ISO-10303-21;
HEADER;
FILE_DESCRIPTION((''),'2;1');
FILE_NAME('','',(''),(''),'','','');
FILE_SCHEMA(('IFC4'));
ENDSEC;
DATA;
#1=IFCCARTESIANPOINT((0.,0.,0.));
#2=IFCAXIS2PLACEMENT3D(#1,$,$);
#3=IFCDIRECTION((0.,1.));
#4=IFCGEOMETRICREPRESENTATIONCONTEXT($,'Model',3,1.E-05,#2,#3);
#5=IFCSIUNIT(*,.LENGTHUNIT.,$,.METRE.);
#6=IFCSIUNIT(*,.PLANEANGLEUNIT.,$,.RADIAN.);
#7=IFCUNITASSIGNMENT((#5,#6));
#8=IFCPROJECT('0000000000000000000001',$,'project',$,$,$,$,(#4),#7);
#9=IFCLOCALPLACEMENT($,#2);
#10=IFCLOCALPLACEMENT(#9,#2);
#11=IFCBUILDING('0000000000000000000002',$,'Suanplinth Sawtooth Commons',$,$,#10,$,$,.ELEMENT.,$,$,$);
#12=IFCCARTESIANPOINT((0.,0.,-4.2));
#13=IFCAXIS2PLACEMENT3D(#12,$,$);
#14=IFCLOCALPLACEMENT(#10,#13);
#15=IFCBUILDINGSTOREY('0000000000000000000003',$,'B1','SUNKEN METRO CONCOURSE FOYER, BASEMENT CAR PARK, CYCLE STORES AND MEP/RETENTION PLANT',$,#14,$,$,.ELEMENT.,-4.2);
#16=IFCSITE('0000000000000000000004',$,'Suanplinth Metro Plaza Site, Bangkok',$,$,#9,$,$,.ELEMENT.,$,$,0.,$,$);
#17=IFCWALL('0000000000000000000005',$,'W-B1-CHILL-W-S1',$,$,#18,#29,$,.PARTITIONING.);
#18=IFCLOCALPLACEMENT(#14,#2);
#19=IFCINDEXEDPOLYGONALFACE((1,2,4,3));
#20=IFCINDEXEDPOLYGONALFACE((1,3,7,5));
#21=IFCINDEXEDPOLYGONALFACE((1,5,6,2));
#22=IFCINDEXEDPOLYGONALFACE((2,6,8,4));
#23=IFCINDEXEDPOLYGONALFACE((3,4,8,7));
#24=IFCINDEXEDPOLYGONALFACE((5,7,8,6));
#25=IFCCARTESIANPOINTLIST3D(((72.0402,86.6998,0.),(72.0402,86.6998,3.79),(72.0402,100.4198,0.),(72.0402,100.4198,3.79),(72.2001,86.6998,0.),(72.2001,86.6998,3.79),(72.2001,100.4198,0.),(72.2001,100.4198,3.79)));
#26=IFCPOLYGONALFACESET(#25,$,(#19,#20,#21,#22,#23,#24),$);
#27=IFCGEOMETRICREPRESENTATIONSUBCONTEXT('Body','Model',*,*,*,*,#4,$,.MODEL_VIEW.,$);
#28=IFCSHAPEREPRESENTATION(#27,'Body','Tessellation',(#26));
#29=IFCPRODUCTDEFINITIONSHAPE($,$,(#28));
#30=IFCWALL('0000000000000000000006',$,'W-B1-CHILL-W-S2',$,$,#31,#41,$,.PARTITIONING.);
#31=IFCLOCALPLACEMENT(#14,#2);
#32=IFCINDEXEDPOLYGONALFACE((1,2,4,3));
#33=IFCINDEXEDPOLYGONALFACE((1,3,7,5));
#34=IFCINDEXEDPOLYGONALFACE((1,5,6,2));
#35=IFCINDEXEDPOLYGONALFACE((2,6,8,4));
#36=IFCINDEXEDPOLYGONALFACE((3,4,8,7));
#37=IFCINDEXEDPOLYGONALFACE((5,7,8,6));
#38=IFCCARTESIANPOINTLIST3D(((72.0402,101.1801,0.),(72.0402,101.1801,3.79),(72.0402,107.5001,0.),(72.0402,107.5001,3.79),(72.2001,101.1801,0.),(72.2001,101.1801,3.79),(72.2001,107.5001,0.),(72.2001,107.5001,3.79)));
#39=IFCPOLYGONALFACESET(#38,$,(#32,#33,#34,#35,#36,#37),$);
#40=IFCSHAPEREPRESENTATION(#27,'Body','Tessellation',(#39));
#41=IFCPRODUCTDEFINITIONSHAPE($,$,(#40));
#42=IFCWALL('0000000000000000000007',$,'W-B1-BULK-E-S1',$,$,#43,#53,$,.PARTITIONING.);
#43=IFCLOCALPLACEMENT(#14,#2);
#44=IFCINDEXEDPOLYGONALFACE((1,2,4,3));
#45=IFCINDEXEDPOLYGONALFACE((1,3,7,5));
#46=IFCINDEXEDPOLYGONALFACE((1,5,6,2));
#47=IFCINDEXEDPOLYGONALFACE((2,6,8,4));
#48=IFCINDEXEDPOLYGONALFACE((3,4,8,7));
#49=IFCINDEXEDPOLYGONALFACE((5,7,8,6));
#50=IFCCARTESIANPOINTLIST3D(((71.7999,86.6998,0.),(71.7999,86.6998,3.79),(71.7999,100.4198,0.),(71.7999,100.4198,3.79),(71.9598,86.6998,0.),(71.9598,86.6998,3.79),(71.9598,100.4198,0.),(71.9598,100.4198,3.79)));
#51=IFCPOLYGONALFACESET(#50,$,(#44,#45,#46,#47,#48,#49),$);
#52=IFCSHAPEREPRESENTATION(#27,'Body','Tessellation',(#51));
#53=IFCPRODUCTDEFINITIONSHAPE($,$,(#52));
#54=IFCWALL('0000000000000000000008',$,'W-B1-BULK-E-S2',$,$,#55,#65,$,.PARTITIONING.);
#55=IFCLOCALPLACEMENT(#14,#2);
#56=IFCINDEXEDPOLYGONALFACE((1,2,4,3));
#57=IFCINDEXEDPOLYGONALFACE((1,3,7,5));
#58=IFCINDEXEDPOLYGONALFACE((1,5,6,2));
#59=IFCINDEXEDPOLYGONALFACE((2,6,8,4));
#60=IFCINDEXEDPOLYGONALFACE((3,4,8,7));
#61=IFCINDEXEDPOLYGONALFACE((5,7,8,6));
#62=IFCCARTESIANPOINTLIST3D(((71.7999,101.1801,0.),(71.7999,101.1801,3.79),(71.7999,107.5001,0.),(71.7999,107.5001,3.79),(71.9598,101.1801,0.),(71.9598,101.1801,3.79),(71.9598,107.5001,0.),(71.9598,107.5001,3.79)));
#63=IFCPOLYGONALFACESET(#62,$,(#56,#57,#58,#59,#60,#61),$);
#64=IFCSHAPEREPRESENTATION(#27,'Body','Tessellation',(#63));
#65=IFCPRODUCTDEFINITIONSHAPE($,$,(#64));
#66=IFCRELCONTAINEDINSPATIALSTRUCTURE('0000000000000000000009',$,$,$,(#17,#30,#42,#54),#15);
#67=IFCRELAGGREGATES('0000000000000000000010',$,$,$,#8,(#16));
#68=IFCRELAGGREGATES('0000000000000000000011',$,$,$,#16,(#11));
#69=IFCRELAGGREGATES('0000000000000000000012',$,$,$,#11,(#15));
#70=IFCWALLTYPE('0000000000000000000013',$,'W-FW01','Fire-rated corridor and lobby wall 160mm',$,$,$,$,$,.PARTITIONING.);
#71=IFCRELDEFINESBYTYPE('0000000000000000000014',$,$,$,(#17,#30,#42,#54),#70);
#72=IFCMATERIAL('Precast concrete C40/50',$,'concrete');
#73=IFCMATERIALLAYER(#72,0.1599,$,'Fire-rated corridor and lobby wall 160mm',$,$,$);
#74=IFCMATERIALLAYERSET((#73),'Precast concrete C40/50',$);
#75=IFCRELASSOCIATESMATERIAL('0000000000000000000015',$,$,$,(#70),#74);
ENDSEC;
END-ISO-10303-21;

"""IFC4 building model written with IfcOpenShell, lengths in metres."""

from ifc_helpers import new_model, si_unit, direction, frame, frame_2d, origin, place, context, subcontext, project, spatial, rectangle, extrude, material, layer, layer_set, type_object, element, save


model = new_model("IFC4")

# Units and contexts
model_context = context("Model", 3, precision=1e-05, world=origin(), true_north=direction((0.0, 1.0)))
body_context = subcontext(model_context, "Body", "Model", "MODEL_VIEW")
ifc_project = project(units=[si_unit("LENGTHUNIT", "METRE"), si_unit("PLANEANGLEUNIT", "RADIAN")], contexts=[model_context])

# Site, building, storey
site_placement = place(None, origin())
site = spatial("IfcSite", under=ifc_project, at=site_placement, Name="Suanplinth Metro Plaza Site, Bangkok", CompositionType="ELEMENT", RefElevation=0.0)
building_placement = place(site_placement, origin())
building = spatial("IfcBuilding", under=site, at=building_placement, Name="Suanplinth Sawtooth Commons", CompositionType="ELEMENT")
storey_placement = place(building_placement, frame((0.0, 0.0, -4.2)))
storey = spatial("IfcBuildingStorey", under=building, at=storey_placement, Name="B1", Description="SUNKEN METRO CONCOURSE FOYER, BASEMENT CAR PARK, CYCLE STORES AND MEP/RETENTION PLANT", CompositionType="ELEMENT", Elevation=-4.2)

# Shared definitions
ifc_material_1 = material(Name="Precast concrete C40/50", Category="concrete")
ifc_layer = layer(ifc_material_1, 0.1599, Name="Fire-rated corridor and lobby wall 160mm")
ifc_layer_set = layer_set([ifc_layer], Name="Precast concrete C40/50")
wall_type = type_object("IfcWallType", Name="W-FW01", Description="Fire-rated corridor and lobby wall 160mm", PredefinedType="PARTITIONING", material=ifc_layer_set)

# Walls
wall_1_placement = place(storey_placement, frame((72.1201, 86.7, 0.0), z_axis=(0.0, 0.0, 1.0), x_axis=(0.0, 1.0, 0.0)))
element("IfcWall", 1, at=wall_1_placement, inside=storey, type_object=wall_type, Name="W-B1-CHILL-W-S1", PredefinedType="PARTITIONING", context=body_context, shape_type="SweptSolid", body=[
    extrude(rectangle(XDim=13.72, YDim=0.1599, at=frame_2d((6.8599, 0.0))), origin(), (0.0, 0.0, 1.0), 3.79),
])
wall_2_placement = place(storey_placement, frame((72.1201, 101.1799, 0.0), z_axis=(0.0, 0.0, 1.0), x_axis=(0.0, 1.0, 0.0)))
element("IfcWall", 2, at=wall_2_placement, inside=storey, type_object=wall_type, Name="W-B1-CHILL-W-S2", PredefinedType="PARTITIONING", context=body_context, shape_type="SweptSolid", body=[
    extrude(rectangle(XDim=6.3201, YDim=0.1599, at=frame_2d((3.1602, 0.0))), origin(), (0.0, 0.0, 1.0), 3.79),
])
wall_3_placement = place(storey_placement, frame((71.8799, 86.7, 0.0), z_axis=(0.0, 0.0, 1.0), x_axis=(0.0, 1.0, 0.0)))
element("IfcWall", 3, at=wall_3_placement, inside=storey, type_object=wall_type, Name="W-B1-BULK-E-S1", PredefinedType="PARTITIONING", context=body_context, shape_type="SweptSolid", body=[
    extrude(rectangle(XDim=13.72, YDim=0.1599, at=frame_2d((6.8599, 0.0))), origin(), (0.0, 0.0, 1.0), 3.79),
])
wall_4_placement = place(storey_placement, frame((71.8799, 101.1799, 0.0), z_axis=(0.0, 0.0, 1.0), x_axis=(0.0, 1.0, 0.0)))
element("IfcWall", 4, at=wall_4_placement, inside=storey, type_object=wall_type, Name="W-B1-BULK-E-S2", PredefinedType="PARTITIONING", context=body_context, shape_type="SweptSolid", body=[
    extrude(rectangle(XDim=6.3201, YDim=0.1599, at=frame_2d((3.1602, 0.0))), origin(), (0.0, 0.0, 1.0), 3.79),
])

save(model, "model.ifc")
